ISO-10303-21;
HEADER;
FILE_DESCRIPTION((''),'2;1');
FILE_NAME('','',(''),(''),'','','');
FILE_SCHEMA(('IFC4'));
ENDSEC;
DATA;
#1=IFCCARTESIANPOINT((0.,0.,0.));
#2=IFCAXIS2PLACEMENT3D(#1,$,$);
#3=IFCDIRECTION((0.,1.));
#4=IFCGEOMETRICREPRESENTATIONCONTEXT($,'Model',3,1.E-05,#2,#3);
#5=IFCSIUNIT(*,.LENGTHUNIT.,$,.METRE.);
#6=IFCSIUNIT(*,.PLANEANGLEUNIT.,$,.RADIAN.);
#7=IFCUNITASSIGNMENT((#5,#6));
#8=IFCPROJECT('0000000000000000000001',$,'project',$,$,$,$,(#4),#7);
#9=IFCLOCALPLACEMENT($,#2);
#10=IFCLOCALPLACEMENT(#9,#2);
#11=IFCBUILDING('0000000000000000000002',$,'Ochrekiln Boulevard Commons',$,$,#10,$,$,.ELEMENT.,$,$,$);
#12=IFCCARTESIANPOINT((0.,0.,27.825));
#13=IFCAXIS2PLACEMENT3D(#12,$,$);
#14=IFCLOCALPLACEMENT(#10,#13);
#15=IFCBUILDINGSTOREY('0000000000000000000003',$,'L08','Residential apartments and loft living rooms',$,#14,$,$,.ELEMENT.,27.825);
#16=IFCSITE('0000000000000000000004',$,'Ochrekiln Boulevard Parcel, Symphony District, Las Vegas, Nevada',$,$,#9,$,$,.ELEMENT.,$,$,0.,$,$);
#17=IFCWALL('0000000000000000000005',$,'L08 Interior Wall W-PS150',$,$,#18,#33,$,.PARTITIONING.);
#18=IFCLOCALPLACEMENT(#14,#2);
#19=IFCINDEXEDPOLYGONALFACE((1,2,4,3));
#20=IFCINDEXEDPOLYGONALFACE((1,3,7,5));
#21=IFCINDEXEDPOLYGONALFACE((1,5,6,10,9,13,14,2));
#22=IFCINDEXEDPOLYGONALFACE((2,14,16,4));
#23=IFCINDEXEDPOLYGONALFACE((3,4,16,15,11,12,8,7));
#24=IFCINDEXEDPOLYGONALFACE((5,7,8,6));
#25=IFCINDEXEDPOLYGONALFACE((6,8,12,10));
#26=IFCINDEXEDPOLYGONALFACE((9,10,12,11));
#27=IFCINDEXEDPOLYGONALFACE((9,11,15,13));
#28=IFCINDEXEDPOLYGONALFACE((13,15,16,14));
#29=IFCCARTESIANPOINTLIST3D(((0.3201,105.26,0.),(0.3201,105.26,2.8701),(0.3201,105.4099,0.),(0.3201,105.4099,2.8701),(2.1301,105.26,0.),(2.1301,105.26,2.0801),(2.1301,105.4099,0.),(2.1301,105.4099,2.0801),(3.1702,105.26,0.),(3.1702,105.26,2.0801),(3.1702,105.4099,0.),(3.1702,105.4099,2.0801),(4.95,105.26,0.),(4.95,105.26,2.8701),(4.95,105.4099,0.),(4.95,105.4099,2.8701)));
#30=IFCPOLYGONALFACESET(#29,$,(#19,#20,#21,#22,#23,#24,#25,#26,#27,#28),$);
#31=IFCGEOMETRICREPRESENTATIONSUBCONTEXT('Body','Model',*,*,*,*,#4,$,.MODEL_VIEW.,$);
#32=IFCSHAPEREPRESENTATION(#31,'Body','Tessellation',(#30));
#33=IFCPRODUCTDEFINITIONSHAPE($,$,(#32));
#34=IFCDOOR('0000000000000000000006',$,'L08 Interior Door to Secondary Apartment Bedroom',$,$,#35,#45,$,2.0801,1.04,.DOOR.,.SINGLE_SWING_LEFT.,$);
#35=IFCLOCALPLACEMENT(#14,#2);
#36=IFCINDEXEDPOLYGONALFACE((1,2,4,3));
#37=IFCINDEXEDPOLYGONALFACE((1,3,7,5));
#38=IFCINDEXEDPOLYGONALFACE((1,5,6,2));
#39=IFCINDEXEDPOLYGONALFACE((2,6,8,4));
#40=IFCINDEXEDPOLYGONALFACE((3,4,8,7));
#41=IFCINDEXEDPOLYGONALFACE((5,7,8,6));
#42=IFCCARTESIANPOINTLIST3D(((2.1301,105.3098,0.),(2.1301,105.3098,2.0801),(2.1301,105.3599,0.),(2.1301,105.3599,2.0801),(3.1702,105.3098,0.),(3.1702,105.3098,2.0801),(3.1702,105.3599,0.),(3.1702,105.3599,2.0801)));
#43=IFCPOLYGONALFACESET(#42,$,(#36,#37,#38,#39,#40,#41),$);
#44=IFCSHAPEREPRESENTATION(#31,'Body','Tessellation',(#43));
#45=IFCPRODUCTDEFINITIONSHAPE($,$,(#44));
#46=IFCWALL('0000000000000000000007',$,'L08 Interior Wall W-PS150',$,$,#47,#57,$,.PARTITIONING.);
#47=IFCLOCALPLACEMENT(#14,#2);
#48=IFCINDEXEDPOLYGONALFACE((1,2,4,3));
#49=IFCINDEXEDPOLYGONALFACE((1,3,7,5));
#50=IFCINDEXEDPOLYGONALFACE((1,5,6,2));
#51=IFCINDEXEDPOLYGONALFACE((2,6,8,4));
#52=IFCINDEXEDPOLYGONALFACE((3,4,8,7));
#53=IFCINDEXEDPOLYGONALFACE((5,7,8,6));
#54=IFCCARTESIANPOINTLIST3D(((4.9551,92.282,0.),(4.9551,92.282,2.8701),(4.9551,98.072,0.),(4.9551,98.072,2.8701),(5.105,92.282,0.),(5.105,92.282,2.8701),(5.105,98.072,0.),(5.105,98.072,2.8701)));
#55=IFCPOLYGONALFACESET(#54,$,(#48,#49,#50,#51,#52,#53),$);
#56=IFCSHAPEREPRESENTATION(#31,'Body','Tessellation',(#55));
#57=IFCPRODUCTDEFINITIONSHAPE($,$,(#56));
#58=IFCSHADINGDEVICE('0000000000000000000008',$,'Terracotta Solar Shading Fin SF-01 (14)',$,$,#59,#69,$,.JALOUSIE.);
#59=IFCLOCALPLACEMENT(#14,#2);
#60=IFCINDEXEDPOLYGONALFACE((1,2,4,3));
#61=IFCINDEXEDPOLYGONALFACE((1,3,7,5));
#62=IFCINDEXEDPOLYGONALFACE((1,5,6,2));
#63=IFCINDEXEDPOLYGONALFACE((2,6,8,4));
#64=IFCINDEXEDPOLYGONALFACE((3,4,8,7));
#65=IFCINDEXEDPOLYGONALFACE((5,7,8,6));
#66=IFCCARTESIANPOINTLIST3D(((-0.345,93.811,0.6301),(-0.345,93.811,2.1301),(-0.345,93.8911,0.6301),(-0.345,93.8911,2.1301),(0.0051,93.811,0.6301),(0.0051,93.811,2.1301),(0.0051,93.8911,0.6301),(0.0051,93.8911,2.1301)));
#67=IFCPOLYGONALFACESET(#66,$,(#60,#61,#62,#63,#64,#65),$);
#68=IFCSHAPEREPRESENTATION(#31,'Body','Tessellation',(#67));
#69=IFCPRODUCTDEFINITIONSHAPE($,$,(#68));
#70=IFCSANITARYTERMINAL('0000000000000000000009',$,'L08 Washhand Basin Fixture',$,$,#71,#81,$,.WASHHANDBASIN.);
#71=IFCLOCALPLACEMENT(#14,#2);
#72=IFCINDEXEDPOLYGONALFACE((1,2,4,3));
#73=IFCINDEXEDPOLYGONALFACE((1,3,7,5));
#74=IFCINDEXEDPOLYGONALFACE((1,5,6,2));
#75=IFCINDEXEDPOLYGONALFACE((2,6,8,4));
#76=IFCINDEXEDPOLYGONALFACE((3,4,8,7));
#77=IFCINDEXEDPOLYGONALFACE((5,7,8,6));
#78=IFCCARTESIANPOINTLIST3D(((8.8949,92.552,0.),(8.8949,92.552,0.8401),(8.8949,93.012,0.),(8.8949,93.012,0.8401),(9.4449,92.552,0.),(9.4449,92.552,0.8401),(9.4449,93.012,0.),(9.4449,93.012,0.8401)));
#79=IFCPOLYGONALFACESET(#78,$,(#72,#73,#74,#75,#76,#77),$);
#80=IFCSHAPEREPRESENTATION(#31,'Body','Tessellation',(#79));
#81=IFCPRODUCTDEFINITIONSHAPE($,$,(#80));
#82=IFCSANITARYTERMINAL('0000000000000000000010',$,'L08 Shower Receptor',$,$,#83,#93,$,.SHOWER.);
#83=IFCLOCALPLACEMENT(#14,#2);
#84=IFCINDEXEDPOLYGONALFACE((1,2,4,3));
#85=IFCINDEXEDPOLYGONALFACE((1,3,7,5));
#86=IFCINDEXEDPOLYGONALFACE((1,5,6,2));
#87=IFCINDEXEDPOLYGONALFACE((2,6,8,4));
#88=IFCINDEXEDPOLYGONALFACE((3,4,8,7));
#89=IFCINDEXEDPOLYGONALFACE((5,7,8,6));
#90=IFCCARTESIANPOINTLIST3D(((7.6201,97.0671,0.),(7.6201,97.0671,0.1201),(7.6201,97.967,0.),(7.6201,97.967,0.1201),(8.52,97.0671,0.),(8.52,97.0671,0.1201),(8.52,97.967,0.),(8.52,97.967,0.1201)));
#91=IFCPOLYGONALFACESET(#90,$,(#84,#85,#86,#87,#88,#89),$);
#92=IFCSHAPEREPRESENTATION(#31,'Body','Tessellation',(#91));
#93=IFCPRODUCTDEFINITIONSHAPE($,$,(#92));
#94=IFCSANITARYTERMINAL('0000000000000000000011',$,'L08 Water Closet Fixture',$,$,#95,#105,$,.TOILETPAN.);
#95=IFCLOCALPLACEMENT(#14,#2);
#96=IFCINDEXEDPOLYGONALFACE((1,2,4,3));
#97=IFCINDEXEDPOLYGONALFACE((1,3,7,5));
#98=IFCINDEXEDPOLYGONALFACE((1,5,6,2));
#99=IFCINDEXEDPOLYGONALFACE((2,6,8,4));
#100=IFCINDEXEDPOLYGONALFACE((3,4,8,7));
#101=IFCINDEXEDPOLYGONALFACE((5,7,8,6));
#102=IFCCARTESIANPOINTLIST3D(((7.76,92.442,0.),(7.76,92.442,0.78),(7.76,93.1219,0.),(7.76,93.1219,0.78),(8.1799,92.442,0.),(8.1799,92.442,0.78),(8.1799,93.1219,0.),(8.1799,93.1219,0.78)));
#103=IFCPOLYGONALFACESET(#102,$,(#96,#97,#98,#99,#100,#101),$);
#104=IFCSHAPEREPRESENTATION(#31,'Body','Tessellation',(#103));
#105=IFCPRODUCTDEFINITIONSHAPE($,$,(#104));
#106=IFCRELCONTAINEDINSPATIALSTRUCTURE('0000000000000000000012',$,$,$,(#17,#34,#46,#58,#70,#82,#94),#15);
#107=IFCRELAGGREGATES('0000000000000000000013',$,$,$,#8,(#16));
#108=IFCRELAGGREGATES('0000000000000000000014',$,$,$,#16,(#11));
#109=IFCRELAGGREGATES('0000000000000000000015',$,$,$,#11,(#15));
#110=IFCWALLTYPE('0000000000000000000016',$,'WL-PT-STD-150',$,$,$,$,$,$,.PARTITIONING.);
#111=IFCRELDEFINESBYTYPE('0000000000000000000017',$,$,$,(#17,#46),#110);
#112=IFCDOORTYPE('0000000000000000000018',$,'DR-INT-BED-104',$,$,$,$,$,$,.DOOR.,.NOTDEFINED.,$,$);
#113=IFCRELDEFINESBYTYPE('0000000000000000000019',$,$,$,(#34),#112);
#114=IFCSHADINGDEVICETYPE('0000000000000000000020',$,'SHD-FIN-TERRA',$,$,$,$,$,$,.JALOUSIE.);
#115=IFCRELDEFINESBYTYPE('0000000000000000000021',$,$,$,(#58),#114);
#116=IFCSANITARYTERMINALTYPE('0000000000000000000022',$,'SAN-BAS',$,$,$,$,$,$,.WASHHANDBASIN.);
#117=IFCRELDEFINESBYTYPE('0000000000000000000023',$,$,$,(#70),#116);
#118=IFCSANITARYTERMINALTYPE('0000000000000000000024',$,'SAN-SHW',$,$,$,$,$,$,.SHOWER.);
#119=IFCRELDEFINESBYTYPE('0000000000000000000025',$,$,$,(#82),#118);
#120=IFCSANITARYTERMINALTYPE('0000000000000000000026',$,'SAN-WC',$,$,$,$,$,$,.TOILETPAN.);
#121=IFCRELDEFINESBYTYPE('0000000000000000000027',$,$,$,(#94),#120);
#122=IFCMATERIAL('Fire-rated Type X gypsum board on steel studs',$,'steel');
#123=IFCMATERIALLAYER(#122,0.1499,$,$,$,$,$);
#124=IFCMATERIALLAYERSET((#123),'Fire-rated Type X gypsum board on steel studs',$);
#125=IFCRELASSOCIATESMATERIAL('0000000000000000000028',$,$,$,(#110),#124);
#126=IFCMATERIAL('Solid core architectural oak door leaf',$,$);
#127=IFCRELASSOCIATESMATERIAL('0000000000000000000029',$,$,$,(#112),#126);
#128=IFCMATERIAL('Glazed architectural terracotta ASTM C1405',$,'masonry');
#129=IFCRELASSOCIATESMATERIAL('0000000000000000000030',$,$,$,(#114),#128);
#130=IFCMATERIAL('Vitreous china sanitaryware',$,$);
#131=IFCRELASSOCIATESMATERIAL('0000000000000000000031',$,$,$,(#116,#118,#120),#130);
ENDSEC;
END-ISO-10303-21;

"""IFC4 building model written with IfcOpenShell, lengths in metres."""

from ifc_helpers import new_model, si_unit, direction, frame, frame_2d, origin, origin_2d, place, context, subcontext, project, spatial, rectangle, extrude, material, layer, layer_set, type_object, element, fill, save


model = new_model("IFC4")

# Units and contexts
model_context = context("Model", 3, precision=1e-05, world=origin(), true_north=direction((0.0, 1.0)))
body_context = subcontext(model_context, "Body", "Model", "MODEL_VIEW")
ifc_project = project(units=[si_unit("LENGTHUNIT", "METRE"), si_unit("PLANEANGLEUNIT", "RADIAN")], contexts=[model_context])

# Site, building, storey
site_placement = place(None, origin())
site = spatial("IfcSite", under=ifc_project, at=site_placement, Name="Ochrekiln Boulevard Parcel, Symphony District, Las Vegas, Nevada", CompositionType="ELEMENT", RefElevation=0.0)
building_placement = place(site_placement, origin())
building = spatial("IfcBuilding", under=site, at=building_placement, Name="Ochrekiln Boulevard Commons", CompositionType="ELEMENT")
storey_placement = place(building_placement, frame((0.0, 0.0, 27.825)))
storey = spatial("IfcBuildingStorey", under=building, at=storey_placement, Name="L08", Description="Residential apartments and loft living rooms", CompositionType="ELEMENT", Elevation=27.825)

# Shared definitions
ifc_material_1 = material(Name="Solid core architectural oak door leaf")

# Shared definitions
ifc_material_2 = material(Name="Fire-rated Type X gypsum board on steel studs", Category="steel")

# Wall, opening, door
ifc_layer_1 = layer(ifc_material_2, 0.1499)
ifc_layer_set_1 = layer_set([ifc_layer_1], Name="Fire-rated Type X gypsum board on steel studs")
wall_type_1 = type_object("IfcWallType", Name="WL-PT-STD-150", PredefinedType="PARTITIONING", material=ifc_layer_set_1)
wall_1_placement = place(storey_placement, frame((0.3201, 105.335, 0.0), z_axis=(0.0, 0.0, 1.0), x_axis=(1.0, 0.0, 0.0)))
wall_1 = element("IfcWall", 1, at=wall_1_placement, inside=storey, type_object=wall_type_1, Name="L08 Interior Wall W-PS150", PredefinedType="PARTITIONING", context=body_context, shape_type="SweptSolid", body=[
    extrude(rectangle(XDim=4.6299, YDim=0.1499, at=frame_2d((2.3149, 0.0))), origin(), (0.0, 0.0, 1.0), 2.8701),
])
opening_1_placement = place(wall_1_placement, frame((1.8101, 0.0, 0.0)))
opening_1 = element("IfcOpeningElement", 2, at=opening_1_placement, cuts=wall_1, PredefinedType="OPENING", context=body_context, shape_type="SweptSolid", body=[
    extrude(rectangle(XDim=1.04, YDim=2.0801, at=frame_2d((0.52, 1.04))), frame((0.0, 0.085, 0.0), z_axis=(0.0, -1.0, 0.0), x_axis=(1.0, 0.0, 0.0)), (0.0, 0.0, 1.0), 0.1699),
])
door_type_1 = type_object("IfcDoorType", Name="DR-INT-BED-104", OperationType="NOTDEFINED", PredefinedType="DOOR", material=ifc_material_1)
door_1_placement = place(opening_1_placement, origin())
door_1 = element("IfcDoor", 3, at=door_1_placement, inside=storey, type_object=door_type_1, Name="L08 Interior Door to Secondary Apartment Bedroom", OperationType="SINGLE_SWING_LEFT", OverallHeight=2.0801, OverallWidth=1.04, PredefinedType="DOOR", context=body_context, shape_type="SweptSolid", body=[
    extrude(rectangle(XDim=1.04, YDim=2.0801, at=frame_2d((0.52, 1.04))), frame((0.0, 0.0249, 0.0), z_axis=(0.0, -1.0, 0.0), x_axis=(1.0, 0.0, 0.0)), (0.0, 0.0, 1.0), 0.05),
])
fill(opening_1, door_1)

# Wall
wall_2_placement = place(storey_placement, frame((5.03, 92.282, 0.0), z_axis=(0.0, 0.0, 1.0), x_axis=(0.0, 1.0, 0.0)))
element("IfcWall", 4, at=wall_2_placement, inside=storey, type_object=wall_type_1, Name="L08 Interior Wall W-PS150", PredefinedType="PARTITIONING", context=body_context, shape_type="SweptSolid", body=[
    extrude(rectangle(XDim=5.79, YDim=0.1499, at=frame_2d((2.895, 0.0))), origin(), (0.0, 0.0, 1.0), 2.8701),
])

# Shading device
ifc_material_3 = material(Name="Glazed architectural terracotta ASTM C1405", Category="masonry")
shading_device_type = type_object("IfcShadingDeviceType", Name="SHD-FIN-TERRA", PredefinedType="JALOUSIE", material=ifc_material_3)
shading_device_placement = place(storey_placement, frame((-0.1699, 93.8511, 0.6301), z_axis=(0.0, 0.0, 1.0), x_axis=(1.0, 0.0, 0.0)))
element("IfcShadingDevice", 5, at=shading_device_placement, inside=storey, type_object=shading_device_type, Name="Terracotta Solar Shading Fin SF-01 (14)", PredefinedType="JALOUSIE", context=body_context, shape_type="SweptSolid", body=[
    extrude(rectangle(XDim=0.3501, YDim=0.0801, at=origin_2d()), origin(), (0.0, 0.0, 1.0), 1.5),
])

# Sanitary terminals
ifc_material_4 = material(Name="Vitreous china sanitaryware")
sanitary_terminal_type_1 = type_object("IfcSanitaryTerminalType", Name="SAN-BAS", PredefinedType="WASHHANDBASIN", material=ifc_material_4)
sanitary_terminal_1_placement = place(storey_placement, frame((9.1699, 92.782, 0.0), z_axis=(0.0, 0.0, 1.0), x_axis=(1.0, 0.0, 0.0)))
element("IfcSanitaryTerminal", 6, at=sanitary_terminal_1_placement, inside=storey, type_object=sanitary_terminal_type_1, Name="L08 Washhand Basin Fixture", PredefinedType="WASHHANDBASIN", context=body_context, shape_type="SweptSolid", body=[
    extrude(rectangle(XDim=0.55, YDim=0.46, at=origin_2d()), origin(), (0.0, 0.0, 1.0), 0.8401),
])
sanitary_terminal_type_2 = type_object("IfcSanitaryTerminalType", Name="SAN-SHW", PredefinedType="SHOWER", material=ifc_material_4)
sanitary_terminal_2_placement = place(storey_placement, frame((8.0701, 97.5171, 0.0), z_axis=(0.0, 0.0, 1.0), x_axis=(1.0, 0.0, 0.0)))
element("IfcSanitaryTerminal", 7, at=sanitary_terminal_2_placement, inside=storey, type_object=sanitary_terminal_type_2, Name="L08 Shower Receptor", PredefinedType="SHOWER", context=body_context, shape_type="SweptSolid", body=[
    extrude(rectangle(XDim=0.8999, YDim=0.8999, at=origin_2d()), origin(), (0.0, 0.0, 1.0), 0.1201),
])
sanitary_terminal_type_3 = type_object("IfcSanitaryTerminalType", Name="SAN-WC", PredefinedType="TOILETPAN", material=ifc_material_4)
sanitary_terminal_3_placement = place(storey_placement, frame((7.97, 92.782, 0.0), z_axis=(0.0, 0.0, 1.0), x_axis=(1.0, 0.0, 0.0)))
element("IfcSanitaryTerminal", 8, at=sanitary_terminal_3_placement, inside=storey, type_object=sanitary_terminal_type_3, Name="L08 Water Closet Fixture", PredefinedType="TOILETPAN", context=body_context, shape_type="SweptSolid", body=[
    extrude(rectangle(XDim=0.4199, YDim=0.6799, at=origin_2d()), origin(), (0.0, 0.0, 1.0), 0.78),
])

save(model, "model.ifc")
